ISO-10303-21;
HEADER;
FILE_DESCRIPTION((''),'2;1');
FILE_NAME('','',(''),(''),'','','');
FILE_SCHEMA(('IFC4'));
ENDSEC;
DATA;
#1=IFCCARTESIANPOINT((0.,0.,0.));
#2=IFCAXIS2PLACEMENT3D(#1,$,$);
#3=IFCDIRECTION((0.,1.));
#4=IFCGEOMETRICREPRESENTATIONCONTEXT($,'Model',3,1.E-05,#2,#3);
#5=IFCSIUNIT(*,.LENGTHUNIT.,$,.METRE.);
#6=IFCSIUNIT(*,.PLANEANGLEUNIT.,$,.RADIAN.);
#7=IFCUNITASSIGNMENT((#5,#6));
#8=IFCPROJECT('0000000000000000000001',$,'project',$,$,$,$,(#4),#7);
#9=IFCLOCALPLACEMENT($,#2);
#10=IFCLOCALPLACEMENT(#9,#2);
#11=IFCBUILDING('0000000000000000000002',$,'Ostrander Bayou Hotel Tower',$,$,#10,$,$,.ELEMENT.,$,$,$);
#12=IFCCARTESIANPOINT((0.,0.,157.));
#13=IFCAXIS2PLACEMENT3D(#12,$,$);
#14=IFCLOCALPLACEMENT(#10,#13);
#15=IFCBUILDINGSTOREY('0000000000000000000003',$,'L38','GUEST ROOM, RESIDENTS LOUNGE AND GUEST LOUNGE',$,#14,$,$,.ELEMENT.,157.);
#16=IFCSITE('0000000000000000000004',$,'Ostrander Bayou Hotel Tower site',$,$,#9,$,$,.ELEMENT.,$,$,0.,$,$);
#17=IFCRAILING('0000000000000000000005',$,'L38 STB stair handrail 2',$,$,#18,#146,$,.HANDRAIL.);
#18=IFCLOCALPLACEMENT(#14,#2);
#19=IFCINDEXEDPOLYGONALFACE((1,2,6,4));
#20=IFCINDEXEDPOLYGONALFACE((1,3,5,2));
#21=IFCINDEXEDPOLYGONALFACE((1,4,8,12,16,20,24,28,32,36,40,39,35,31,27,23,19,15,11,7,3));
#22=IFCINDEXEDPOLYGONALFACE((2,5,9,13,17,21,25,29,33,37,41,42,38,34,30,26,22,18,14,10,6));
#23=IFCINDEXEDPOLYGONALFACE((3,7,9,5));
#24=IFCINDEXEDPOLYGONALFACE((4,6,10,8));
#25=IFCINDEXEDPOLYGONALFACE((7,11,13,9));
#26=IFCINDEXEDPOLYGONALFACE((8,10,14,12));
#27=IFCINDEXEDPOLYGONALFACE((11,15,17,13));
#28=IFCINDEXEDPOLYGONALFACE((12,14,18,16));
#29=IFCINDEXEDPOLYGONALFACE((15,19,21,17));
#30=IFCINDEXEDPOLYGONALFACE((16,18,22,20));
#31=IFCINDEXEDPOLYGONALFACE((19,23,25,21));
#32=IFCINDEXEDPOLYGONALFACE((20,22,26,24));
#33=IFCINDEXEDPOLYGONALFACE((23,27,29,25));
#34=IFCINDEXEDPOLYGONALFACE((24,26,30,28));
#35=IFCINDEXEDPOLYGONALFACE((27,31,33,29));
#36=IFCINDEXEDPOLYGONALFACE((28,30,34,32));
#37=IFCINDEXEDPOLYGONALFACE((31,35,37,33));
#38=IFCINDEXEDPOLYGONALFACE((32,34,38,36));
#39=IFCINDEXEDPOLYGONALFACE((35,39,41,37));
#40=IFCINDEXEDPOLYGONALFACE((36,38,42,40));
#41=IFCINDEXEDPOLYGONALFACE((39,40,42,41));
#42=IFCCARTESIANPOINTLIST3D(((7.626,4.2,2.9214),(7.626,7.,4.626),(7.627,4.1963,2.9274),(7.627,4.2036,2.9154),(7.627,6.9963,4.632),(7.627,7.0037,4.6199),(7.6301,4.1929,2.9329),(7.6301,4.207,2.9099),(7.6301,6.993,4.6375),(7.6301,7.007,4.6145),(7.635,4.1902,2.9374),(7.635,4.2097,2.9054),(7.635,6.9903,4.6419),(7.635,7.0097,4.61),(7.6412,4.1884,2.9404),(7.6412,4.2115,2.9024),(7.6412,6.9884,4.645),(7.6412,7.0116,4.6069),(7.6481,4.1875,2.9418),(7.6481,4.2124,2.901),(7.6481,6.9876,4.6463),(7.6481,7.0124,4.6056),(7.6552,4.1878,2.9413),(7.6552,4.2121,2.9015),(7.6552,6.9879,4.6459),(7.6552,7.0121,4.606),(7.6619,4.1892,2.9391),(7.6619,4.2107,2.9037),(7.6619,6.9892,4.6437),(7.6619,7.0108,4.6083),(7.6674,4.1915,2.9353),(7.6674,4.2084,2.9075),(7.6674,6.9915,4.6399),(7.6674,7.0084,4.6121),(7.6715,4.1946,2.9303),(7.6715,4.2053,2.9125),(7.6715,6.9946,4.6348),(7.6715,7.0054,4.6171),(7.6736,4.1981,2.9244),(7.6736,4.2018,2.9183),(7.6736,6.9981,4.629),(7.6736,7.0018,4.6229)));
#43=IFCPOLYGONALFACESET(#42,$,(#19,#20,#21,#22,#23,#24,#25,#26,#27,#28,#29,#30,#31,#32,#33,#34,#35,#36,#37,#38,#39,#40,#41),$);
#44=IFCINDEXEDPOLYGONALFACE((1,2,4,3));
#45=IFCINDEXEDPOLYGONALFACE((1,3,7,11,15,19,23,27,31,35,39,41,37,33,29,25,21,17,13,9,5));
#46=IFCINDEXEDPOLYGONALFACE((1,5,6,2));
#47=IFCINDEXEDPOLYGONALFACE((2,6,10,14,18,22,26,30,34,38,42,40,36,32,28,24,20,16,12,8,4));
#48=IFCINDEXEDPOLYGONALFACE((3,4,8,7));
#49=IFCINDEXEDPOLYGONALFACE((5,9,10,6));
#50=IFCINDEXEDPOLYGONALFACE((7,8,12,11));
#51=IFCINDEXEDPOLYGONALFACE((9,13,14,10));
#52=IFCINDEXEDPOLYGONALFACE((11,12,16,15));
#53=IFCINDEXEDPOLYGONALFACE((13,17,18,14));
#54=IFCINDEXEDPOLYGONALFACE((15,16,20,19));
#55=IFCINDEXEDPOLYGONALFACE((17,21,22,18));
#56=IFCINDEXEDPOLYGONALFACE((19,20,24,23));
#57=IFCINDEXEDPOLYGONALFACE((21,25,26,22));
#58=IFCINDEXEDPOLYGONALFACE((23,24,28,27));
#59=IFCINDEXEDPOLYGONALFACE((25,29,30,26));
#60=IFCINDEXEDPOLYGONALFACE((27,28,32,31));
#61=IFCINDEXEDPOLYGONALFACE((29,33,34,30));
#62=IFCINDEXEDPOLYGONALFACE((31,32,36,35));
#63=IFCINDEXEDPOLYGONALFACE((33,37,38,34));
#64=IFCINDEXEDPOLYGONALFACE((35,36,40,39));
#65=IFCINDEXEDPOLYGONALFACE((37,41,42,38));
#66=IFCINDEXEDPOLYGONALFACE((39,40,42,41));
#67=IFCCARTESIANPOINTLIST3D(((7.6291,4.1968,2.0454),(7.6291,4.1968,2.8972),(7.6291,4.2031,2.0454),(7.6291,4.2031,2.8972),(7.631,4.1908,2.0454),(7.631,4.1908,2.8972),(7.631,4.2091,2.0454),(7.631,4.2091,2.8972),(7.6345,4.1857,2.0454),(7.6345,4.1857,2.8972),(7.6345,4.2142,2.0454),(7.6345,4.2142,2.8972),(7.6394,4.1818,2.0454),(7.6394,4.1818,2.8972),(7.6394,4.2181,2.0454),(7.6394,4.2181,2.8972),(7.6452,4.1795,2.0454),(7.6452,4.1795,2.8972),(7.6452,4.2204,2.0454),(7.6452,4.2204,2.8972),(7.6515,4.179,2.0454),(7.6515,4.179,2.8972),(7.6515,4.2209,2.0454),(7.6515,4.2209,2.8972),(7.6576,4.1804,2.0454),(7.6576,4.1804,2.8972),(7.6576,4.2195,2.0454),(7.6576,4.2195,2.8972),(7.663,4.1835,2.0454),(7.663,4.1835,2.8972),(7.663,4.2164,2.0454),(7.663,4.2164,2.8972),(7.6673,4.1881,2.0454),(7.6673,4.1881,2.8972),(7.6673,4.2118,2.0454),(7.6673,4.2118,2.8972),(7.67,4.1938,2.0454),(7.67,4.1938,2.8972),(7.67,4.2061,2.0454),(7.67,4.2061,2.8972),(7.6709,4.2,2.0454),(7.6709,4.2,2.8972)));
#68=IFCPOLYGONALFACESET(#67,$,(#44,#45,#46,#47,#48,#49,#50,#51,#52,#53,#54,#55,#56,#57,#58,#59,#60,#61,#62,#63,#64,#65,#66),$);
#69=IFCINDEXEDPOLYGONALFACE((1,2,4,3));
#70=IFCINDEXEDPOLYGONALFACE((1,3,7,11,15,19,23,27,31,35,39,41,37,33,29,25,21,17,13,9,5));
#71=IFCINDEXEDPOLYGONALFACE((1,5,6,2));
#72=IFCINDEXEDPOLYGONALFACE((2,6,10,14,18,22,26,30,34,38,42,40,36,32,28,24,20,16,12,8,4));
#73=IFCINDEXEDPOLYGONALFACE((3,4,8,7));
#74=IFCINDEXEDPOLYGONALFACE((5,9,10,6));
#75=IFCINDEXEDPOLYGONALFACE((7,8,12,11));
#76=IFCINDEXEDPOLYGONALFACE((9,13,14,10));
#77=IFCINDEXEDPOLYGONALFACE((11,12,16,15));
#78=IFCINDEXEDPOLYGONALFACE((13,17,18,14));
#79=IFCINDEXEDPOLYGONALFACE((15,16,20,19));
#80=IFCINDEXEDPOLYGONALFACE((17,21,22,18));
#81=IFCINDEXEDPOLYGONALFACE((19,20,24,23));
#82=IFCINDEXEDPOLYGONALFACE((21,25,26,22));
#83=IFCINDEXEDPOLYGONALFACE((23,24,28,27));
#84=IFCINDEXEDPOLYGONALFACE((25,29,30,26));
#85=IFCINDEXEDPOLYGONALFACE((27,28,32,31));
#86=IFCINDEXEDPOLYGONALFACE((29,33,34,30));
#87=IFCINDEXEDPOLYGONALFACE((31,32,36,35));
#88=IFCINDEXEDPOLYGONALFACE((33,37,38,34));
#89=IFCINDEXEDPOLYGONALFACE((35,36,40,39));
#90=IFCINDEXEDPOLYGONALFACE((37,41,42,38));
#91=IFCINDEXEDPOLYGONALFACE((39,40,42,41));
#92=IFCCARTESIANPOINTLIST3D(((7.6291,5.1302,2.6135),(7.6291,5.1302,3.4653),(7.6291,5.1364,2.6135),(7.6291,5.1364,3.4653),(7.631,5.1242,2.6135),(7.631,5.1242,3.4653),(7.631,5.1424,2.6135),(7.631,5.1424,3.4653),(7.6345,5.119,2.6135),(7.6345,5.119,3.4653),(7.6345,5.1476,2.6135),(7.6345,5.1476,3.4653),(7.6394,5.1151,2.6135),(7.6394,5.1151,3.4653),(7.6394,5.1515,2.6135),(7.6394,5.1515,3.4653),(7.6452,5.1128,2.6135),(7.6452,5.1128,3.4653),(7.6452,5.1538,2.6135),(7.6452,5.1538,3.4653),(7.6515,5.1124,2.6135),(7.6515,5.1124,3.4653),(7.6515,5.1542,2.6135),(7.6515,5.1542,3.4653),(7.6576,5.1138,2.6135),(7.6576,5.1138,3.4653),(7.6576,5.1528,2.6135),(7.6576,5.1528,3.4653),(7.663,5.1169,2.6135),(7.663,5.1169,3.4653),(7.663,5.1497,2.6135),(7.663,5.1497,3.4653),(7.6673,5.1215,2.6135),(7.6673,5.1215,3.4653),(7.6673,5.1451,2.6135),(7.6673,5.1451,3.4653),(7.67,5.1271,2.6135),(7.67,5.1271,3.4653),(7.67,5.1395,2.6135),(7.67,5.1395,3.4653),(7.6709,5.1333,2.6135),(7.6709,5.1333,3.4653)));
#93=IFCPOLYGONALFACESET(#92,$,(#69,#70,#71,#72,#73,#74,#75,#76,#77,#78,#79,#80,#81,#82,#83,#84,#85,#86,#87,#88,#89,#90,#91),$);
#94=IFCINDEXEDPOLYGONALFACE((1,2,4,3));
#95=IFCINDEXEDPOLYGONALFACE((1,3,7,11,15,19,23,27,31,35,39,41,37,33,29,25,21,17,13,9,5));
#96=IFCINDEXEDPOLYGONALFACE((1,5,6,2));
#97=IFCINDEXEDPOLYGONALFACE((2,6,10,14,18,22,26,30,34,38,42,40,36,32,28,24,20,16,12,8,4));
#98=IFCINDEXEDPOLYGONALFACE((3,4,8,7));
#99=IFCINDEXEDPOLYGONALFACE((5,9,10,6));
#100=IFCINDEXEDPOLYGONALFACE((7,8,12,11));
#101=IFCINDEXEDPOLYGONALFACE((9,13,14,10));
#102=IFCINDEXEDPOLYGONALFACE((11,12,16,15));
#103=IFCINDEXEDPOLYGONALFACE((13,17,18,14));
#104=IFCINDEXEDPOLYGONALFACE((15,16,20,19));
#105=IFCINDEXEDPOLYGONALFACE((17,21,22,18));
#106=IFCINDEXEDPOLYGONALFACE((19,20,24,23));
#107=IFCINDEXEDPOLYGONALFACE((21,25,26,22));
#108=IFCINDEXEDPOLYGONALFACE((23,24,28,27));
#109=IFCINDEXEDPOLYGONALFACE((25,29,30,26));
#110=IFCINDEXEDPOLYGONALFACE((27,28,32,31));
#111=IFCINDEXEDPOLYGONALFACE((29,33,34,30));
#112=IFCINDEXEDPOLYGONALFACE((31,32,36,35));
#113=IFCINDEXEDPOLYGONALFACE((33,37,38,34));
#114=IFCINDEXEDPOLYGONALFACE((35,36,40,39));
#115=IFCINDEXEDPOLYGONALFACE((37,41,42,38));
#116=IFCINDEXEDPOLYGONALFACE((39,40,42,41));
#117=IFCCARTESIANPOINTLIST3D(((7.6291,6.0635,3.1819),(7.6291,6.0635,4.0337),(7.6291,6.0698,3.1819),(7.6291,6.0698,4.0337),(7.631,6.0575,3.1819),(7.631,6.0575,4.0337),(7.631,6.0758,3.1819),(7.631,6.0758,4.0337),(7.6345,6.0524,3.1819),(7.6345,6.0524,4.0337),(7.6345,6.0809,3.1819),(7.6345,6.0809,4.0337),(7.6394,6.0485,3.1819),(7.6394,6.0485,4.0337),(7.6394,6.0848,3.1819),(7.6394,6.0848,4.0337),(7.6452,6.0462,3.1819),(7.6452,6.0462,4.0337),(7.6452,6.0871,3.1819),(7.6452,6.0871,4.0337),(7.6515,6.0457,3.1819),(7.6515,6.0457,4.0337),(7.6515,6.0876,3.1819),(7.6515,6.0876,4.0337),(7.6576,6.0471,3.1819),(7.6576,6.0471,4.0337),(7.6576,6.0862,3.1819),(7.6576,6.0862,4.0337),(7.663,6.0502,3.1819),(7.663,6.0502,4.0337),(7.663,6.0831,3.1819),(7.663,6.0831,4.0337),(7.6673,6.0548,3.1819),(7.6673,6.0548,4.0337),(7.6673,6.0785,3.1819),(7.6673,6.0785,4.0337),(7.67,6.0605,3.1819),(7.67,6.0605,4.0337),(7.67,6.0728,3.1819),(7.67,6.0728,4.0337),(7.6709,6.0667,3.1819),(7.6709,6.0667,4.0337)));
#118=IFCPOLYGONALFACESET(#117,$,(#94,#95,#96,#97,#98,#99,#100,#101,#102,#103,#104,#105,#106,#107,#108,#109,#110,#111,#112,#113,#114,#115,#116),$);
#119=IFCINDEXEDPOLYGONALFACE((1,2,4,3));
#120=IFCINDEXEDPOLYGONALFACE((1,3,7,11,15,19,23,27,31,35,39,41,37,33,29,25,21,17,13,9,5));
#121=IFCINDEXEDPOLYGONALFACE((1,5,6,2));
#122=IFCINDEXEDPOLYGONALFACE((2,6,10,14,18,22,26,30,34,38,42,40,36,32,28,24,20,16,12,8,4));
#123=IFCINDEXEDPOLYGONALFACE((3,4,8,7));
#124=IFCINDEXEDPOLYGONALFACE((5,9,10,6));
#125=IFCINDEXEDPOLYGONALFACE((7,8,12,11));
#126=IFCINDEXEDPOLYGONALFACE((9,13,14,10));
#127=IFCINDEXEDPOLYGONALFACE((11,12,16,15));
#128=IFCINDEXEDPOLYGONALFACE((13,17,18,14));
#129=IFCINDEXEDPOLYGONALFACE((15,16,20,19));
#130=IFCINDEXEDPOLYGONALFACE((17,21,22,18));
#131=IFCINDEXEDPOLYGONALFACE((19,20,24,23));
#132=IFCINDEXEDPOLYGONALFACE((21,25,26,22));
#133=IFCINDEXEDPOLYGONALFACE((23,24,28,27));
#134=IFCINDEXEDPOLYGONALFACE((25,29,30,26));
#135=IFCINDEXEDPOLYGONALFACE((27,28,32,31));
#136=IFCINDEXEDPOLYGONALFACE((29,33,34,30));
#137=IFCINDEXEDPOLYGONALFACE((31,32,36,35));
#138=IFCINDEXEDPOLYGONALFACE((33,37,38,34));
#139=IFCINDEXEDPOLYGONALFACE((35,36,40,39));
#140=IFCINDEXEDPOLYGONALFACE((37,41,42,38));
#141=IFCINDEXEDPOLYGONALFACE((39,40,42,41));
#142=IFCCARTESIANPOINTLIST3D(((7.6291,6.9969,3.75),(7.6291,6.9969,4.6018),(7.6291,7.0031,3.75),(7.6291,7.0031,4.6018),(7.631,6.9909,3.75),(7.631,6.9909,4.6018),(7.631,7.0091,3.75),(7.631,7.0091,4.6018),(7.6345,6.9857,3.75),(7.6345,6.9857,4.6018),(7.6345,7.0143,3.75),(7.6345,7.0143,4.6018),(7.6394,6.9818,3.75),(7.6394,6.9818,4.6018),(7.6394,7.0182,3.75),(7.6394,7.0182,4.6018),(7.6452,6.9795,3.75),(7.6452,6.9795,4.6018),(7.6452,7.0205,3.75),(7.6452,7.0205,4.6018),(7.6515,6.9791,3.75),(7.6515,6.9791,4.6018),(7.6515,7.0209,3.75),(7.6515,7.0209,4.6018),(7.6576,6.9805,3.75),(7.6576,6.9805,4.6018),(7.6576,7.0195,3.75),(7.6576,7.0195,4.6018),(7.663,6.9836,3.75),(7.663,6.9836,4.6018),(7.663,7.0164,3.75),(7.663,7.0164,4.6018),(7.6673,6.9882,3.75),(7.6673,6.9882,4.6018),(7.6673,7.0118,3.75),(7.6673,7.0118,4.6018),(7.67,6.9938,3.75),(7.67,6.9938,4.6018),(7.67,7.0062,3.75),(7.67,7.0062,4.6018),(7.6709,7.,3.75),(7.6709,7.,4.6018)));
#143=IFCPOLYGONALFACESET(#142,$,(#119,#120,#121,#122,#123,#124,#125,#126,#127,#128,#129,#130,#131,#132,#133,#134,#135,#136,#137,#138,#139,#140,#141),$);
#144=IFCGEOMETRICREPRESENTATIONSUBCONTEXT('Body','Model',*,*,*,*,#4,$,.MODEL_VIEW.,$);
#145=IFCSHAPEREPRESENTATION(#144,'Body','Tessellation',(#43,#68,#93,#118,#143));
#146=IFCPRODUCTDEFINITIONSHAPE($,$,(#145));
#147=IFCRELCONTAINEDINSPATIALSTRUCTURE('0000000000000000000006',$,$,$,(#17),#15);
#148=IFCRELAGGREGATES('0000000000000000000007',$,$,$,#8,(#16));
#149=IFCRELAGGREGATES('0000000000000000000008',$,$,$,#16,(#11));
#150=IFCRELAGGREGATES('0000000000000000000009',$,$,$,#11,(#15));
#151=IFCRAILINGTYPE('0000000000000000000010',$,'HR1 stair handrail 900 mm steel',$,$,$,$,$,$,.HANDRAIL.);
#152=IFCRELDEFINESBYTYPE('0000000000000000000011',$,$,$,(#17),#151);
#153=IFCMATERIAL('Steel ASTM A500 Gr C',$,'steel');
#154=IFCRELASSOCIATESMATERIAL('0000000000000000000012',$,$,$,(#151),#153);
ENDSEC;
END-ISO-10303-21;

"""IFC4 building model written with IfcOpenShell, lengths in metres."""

from ifc_helpers import new_model, si_unit, direction, frame, origin, origin_2d, place, context, subcontext, project, spatial, circle, extrude, material, type_object, element, save


model = new_model("IFC4")

# Units and contexts
model_context = context("Model", 3, precision=1e-05, world=origin(), true_north=direction((0.0, 1.0)))
body_context = subcontext(model_context, "Body", "Model", "MODEL_VIEW")
ifc_project = project(units=[si_unit("LENGTHUNIT", "METRE"), si_unit("PLANEANGLEUNIT", "RADIAN")], contexts=[model_context])

# Site, building, storey
site_placement = place(None, origin())
site = spatial("IfcSite", under=ifc_project, at=site_placement, Name="Ostrander Bayou Hotel Tower site", CompositionType="ELEMENT", RefElevation=0.0)
building_placement = place(site_placement, origin())
building = spatial("IfcBuilding", under=site, at=building_placement, Name="Ostrander Bayou Hotel Tower", CompositionType="ELEMENT")
storey_placement = place(building_placement, frame((0.0, 0.0, 157.0)))
storey = spatial("IfcBuildingStorey", under=building, at=storey_placement, Name="L38", Description="GUEST ROOM, RESIDENTS LOUNGE AND GUEST LOUNGE", CompositionType="ELEMENT", Elevation=157.0)

# Railing
ifc_material_1 = material(Name="Steel ASTM A500 Gr C", Category="steel")
railing_type_1 = type_object("IfcRailingType", Name="HR1 stair handrail 900 mm steel", PredefinedType="HANDRAIL", material=ifc_material_1)
railing_1_placement = place(storey_placement, frame((7.6499, 4.2, 2.0454)))
element("IfcRailing", 1, at=railing_1_placement, inside=storey, type_object=railing_type_1, Name="L38 STB stair handrail 2", PredefinedType="HANDRAIL", context=body_context, shape_type="SweptSolid", body=[
    extrude(circle(Radius=0.0239, at=origin_2d()), frame((0.0, 0.0, 0.876), z_axis=(0.0, 0.85417, 0.519994), x_axis=(-1.0, 0.0, 0.0)), (0.0, 0.0, 1.0), 3.2781),
    extrude(circle(Radius=0.021, at=origin_2d()), origin(), (0.0, 0.0, 1.0), 0.8518),
    extrude(circle(Radius=0.021, at=origin_2d()), frame((0.0, 0.9333, 0.5681)), (0.0, 0.0, 1.0), 0.8518),
    extrude(circle(Radius=0.021, at=origin_2d()), frame((0.0, 1.8667, 1.1365)), (0.0, 0.0, 1.0), 0.8518),
    extrude(circle(Radius=0.021, at=origin_2d()), frame((0.0, 2.8, 1.7046)), (0.0, 0.0, 1.0), 0.8518),
])

save(model, "model.ifc")
